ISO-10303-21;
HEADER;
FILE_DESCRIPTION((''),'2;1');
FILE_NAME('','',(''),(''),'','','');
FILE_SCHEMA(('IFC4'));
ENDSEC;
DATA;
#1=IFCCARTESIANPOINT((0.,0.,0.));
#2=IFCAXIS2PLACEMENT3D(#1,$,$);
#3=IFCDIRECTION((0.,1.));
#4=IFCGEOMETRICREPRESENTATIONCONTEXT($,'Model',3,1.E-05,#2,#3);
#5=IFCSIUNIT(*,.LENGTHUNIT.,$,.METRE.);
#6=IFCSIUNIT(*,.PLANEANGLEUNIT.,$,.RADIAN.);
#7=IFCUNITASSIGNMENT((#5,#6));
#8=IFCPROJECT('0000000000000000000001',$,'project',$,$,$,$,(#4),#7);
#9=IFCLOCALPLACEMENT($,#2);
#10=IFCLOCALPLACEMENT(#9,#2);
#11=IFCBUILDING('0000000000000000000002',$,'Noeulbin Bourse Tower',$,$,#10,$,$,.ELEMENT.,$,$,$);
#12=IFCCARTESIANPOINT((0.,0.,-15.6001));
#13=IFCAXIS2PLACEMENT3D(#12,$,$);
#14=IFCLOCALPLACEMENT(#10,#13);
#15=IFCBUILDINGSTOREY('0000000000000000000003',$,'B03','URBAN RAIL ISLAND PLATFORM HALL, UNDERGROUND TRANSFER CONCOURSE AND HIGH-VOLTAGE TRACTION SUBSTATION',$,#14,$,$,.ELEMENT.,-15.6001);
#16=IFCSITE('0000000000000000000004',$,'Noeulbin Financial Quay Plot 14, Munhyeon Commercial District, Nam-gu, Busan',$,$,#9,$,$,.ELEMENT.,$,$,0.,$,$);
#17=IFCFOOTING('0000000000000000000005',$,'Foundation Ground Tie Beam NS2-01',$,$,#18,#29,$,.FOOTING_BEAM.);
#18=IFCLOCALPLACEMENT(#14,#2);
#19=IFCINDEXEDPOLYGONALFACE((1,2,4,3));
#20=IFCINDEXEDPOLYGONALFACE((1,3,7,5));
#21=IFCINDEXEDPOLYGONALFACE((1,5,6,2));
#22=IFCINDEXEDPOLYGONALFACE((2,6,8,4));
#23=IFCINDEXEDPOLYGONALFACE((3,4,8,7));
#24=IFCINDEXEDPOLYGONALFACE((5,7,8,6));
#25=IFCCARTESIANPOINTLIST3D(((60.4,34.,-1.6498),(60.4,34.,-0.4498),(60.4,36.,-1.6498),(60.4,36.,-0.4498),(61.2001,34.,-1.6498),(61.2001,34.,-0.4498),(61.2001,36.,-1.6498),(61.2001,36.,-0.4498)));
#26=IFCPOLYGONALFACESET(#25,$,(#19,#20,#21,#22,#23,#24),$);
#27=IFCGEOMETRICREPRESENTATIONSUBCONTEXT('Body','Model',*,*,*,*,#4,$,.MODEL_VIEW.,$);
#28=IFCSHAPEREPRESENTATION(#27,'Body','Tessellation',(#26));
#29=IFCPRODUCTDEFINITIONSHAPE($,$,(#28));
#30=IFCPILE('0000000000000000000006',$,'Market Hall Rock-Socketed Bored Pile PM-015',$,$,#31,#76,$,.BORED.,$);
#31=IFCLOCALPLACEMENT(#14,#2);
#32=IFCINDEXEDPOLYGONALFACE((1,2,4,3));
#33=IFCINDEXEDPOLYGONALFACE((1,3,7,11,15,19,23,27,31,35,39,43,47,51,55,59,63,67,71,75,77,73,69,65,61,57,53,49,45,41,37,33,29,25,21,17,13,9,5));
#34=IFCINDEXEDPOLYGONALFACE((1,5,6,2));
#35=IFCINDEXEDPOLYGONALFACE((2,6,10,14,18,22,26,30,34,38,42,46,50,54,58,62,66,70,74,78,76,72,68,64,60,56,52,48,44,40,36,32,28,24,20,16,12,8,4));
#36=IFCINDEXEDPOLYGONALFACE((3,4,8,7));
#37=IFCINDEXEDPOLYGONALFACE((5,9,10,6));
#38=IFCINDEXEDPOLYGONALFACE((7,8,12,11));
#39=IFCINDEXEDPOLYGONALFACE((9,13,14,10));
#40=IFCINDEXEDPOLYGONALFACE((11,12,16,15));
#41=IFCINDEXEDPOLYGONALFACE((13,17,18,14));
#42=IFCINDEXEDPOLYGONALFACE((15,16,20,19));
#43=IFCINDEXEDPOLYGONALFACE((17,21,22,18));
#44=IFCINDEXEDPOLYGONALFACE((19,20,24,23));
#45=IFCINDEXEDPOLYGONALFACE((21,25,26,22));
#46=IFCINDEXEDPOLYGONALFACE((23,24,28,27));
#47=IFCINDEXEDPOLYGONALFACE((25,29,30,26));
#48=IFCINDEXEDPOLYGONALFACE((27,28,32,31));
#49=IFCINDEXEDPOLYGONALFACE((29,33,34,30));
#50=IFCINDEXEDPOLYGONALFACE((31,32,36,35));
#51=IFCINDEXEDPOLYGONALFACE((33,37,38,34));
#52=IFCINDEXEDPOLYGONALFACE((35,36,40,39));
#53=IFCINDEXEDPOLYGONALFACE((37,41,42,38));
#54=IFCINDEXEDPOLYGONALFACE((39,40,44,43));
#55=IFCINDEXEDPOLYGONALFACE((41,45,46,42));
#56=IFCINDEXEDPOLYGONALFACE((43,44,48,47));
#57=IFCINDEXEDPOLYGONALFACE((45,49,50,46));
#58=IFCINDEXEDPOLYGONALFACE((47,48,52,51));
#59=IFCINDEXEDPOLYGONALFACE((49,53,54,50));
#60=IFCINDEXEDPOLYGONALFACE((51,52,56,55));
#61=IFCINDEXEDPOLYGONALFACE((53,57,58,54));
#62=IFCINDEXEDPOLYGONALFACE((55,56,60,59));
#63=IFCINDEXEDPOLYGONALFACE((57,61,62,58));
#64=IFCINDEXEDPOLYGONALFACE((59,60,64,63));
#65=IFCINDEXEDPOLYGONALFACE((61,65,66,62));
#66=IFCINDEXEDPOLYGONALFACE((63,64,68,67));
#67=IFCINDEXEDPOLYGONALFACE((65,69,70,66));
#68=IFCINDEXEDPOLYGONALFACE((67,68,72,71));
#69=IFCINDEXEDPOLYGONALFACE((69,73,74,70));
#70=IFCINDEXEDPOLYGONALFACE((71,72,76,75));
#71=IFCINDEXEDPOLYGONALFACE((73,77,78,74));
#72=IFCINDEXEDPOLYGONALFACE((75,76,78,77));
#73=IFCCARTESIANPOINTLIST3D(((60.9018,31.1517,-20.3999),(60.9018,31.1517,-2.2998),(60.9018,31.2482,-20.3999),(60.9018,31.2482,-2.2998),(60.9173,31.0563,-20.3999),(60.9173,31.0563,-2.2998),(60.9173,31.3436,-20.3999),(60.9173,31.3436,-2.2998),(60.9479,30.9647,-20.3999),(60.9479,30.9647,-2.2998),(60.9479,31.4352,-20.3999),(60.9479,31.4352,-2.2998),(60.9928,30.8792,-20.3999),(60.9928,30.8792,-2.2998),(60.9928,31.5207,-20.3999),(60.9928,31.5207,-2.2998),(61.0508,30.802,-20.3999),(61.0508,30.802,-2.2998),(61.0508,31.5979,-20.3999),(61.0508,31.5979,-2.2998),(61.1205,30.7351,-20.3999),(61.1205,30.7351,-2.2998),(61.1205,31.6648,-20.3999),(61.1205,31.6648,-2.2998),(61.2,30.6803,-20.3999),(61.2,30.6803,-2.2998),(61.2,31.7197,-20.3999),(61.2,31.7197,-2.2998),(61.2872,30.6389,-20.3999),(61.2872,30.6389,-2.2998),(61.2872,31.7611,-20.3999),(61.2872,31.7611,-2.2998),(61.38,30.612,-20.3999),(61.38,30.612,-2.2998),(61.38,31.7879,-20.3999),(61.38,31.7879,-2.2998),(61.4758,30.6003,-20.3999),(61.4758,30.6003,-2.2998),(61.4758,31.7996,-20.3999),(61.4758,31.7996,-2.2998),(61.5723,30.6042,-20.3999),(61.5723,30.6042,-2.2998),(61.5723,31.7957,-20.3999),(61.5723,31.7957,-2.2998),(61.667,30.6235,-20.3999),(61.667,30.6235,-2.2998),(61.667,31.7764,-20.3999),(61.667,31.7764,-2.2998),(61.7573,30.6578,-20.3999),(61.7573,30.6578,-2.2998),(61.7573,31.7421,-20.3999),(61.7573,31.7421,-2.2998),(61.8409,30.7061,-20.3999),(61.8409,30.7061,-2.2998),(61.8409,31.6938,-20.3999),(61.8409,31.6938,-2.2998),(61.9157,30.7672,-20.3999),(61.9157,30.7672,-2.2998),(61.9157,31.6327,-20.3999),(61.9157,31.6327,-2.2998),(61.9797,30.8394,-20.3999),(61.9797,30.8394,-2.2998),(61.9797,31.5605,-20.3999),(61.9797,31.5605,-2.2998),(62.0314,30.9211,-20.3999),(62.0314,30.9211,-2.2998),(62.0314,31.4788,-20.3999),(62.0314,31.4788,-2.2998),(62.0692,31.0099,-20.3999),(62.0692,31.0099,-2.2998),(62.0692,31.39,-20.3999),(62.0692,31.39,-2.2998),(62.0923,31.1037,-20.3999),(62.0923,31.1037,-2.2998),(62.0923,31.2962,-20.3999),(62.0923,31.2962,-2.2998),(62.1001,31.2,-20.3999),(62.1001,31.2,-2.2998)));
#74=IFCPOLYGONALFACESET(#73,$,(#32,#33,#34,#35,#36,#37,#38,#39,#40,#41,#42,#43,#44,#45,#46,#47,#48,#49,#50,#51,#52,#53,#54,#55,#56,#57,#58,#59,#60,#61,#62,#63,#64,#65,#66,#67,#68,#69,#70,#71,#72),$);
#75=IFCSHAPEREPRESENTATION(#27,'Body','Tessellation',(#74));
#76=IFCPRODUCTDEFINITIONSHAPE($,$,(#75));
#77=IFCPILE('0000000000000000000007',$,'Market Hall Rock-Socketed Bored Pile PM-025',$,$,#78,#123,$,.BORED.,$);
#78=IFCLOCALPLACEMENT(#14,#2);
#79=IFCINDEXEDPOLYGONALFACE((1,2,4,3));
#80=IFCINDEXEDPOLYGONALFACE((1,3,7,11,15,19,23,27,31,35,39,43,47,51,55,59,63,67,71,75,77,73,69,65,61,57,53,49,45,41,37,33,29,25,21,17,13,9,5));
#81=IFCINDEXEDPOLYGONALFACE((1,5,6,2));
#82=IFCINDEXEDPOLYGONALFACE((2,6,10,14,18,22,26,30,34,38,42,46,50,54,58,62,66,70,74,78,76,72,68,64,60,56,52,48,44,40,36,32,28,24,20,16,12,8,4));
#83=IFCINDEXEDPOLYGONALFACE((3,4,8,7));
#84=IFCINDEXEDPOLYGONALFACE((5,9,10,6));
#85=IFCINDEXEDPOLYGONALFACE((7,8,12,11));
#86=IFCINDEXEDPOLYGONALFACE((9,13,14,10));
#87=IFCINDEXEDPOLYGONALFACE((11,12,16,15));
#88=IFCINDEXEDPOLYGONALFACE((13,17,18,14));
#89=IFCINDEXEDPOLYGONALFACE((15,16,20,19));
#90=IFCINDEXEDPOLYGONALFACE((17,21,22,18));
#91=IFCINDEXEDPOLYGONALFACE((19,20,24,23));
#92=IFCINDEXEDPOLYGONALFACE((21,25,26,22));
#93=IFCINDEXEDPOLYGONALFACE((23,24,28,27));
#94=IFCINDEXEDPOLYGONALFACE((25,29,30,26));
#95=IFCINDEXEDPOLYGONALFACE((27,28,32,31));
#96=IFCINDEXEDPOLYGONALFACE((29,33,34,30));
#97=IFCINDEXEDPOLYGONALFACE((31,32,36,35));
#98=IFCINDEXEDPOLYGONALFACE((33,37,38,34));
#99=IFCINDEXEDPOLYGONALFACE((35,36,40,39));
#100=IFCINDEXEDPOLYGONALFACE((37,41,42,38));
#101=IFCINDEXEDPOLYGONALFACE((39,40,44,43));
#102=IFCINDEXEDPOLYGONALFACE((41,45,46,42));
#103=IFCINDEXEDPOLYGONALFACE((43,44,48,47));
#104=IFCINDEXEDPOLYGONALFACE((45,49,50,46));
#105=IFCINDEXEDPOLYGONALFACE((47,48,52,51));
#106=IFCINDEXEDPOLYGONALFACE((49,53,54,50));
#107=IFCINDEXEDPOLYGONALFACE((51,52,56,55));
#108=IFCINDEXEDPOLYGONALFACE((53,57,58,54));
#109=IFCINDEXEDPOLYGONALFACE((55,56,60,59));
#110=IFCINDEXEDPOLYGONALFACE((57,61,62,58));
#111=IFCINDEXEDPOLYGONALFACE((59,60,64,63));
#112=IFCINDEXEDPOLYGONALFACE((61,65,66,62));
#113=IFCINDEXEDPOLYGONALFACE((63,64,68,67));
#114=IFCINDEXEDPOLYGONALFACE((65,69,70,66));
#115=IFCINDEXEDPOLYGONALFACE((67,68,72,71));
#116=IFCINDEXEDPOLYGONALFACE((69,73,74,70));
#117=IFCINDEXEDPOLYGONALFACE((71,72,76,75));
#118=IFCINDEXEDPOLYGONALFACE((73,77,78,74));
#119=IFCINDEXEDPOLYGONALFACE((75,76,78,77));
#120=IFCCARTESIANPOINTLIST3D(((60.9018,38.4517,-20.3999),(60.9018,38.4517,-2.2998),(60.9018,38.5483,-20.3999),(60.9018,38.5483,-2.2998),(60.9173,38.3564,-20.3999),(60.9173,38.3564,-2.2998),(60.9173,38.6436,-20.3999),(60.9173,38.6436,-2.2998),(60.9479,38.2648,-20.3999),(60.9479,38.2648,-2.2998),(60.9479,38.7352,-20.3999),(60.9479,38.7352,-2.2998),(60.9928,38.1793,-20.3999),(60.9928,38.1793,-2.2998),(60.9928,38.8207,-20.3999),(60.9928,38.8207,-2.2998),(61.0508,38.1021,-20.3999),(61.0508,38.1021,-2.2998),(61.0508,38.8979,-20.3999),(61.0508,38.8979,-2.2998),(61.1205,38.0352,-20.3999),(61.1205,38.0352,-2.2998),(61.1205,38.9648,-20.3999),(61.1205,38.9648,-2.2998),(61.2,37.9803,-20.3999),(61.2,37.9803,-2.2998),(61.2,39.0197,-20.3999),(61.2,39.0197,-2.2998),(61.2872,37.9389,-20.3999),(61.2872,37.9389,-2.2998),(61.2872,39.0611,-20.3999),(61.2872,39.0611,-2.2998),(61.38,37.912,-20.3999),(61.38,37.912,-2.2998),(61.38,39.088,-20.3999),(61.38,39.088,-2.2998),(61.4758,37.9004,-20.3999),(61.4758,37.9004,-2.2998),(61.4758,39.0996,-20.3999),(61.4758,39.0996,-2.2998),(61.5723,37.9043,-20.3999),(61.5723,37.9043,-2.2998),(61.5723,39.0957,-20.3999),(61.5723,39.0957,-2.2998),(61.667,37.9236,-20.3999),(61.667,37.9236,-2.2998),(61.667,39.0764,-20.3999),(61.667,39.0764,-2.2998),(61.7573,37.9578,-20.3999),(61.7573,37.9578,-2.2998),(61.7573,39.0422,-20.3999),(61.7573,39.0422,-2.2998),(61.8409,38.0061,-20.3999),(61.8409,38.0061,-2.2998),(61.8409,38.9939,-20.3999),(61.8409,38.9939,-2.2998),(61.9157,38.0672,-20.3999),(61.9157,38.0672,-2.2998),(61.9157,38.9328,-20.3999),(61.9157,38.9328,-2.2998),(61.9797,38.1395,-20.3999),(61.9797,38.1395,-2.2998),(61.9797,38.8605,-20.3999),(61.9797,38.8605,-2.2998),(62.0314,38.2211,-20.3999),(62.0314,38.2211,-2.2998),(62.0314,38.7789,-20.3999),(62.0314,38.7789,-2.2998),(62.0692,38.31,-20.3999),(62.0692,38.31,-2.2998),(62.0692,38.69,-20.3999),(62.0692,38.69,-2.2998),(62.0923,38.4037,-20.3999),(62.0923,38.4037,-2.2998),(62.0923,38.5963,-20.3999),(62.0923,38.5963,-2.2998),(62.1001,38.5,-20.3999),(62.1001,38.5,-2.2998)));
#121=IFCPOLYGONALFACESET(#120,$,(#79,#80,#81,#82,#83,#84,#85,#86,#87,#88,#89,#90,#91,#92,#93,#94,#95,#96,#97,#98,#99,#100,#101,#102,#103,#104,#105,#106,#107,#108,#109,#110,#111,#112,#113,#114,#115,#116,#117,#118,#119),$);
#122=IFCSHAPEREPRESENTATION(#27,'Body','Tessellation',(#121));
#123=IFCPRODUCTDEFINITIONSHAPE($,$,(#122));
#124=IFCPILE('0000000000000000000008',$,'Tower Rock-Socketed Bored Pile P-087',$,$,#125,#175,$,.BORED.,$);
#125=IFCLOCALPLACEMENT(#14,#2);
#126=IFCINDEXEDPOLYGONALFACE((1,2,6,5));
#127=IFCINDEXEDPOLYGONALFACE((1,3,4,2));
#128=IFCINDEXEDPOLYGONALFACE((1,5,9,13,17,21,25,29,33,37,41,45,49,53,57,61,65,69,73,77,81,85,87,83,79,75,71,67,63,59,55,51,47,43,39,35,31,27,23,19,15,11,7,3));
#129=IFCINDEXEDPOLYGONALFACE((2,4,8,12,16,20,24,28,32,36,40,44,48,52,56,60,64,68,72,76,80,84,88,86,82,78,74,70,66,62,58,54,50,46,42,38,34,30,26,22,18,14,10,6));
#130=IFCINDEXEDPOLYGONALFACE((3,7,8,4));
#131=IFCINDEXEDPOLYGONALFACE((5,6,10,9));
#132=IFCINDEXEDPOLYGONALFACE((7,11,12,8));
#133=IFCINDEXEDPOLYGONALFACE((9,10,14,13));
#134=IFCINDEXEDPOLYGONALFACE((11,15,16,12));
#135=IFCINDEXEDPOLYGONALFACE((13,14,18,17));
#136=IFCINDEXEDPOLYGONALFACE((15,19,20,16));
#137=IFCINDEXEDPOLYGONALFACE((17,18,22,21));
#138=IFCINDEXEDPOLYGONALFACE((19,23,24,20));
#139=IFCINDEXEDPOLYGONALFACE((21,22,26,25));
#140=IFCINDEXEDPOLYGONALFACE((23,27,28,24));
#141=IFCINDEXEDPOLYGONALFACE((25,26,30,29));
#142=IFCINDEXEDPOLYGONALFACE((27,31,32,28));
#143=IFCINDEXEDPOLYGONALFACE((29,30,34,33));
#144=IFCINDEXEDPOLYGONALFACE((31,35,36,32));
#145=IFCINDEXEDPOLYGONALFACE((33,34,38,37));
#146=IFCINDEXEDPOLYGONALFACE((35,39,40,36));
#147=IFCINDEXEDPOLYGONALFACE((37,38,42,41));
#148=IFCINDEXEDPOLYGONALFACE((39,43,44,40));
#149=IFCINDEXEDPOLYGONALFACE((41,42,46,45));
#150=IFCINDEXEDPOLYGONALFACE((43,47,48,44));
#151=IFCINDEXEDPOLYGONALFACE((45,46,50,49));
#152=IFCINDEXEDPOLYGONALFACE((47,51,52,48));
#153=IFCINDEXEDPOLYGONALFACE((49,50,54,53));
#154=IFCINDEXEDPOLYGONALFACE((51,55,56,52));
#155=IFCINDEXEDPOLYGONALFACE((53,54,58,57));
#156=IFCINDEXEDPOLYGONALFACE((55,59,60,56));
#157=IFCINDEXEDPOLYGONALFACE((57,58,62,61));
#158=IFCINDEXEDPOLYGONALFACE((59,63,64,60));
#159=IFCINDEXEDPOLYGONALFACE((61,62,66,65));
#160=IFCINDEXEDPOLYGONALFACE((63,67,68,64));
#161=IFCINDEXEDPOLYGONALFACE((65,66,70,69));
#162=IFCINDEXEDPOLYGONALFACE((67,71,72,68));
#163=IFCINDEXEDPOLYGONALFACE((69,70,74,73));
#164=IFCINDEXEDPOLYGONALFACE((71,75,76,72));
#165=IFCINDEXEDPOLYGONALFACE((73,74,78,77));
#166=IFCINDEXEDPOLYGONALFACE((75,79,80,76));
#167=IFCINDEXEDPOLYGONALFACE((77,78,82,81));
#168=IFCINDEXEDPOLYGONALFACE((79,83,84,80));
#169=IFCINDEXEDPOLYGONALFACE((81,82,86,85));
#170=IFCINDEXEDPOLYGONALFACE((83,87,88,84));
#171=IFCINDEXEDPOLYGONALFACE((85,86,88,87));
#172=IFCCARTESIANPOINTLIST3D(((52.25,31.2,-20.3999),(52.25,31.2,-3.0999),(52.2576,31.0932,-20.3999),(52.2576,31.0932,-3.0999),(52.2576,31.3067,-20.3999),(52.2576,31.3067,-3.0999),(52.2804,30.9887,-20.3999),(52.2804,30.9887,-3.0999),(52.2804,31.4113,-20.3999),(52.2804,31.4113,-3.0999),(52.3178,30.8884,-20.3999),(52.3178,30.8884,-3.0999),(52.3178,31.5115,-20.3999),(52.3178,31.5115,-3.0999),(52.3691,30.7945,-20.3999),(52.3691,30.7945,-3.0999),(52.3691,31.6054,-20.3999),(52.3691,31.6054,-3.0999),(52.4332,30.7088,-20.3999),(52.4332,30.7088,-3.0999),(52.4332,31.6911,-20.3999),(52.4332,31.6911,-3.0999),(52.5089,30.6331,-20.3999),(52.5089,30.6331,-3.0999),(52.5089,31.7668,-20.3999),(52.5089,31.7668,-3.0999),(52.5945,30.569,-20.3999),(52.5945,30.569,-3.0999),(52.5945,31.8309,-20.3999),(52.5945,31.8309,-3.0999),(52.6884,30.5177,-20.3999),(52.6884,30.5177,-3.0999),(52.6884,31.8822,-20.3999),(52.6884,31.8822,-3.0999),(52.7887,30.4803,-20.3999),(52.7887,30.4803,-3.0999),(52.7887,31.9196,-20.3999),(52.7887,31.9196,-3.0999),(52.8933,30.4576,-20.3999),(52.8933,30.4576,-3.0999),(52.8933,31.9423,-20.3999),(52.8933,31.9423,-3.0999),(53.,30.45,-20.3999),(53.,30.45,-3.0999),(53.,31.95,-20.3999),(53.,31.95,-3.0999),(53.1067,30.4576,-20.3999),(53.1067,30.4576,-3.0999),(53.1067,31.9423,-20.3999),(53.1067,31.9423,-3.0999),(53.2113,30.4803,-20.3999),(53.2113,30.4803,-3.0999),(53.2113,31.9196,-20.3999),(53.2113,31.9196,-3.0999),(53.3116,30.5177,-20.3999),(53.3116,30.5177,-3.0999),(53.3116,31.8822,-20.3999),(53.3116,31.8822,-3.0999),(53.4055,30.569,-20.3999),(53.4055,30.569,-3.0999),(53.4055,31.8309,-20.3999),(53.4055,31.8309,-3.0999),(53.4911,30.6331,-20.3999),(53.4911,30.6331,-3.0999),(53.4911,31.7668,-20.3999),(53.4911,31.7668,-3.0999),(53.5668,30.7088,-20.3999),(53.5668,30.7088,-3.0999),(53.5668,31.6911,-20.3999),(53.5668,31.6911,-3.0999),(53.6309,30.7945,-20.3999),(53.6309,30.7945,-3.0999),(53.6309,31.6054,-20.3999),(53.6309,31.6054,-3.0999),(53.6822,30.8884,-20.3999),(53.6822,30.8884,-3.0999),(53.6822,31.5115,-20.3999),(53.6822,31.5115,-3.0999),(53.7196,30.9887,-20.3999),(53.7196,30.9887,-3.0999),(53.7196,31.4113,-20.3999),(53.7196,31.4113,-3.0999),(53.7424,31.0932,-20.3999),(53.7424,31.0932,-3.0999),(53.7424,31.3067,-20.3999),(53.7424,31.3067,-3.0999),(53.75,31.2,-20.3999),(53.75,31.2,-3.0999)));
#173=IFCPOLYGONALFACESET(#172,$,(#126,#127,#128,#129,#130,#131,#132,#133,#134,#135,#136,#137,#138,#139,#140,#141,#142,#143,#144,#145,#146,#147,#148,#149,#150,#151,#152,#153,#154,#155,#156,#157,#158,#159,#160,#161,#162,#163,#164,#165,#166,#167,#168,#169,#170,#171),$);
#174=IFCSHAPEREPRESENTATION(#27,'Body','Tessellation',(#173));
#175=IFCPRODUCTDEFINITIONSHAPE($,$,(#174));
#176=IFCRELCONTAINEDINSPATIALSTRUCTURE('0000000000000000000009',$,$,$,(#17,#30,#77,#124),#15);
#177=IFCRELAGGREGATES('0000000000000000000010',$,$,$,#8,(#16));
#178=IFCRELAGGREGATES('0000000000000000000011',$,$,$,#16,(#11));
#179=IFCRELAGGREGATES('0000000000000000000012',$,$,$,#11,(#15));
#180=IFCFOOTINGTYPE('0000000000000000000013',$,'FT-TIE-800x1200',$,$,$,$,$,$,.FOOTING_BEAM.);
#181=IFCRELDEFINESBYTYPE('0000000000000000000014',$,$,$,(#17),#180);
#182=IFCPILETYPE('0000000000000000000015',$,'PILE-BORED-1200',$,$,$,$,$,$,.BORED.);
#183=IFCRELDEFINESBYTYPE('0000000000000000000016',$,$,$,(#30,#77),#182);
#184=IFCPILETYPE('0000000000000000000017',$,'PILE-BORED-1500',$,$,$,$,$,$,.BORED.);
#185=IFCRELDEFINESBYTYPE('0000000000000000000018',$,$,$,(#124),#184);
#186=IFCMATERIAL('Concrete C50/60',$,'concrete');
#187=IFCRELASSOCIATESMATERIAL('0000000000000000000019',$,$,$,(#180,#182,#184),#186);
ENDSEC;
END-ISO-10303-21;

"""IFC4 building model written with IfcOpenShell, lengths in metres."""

from ifc_helpers import new_model, si_unit, direction, frame, origin, origin_2d, place, context, subcontext, project, spatial, rectangle, circle, extrude, material, material_profile, profile_set, type_object, element, save


model = new_model("IFC4")

# Units and contexts
model_context = context("Model", 3, precision=1e-05, world=origin(), true_north=direction((0.0, 1.0)))
body_context = subcontext(model_context, "Body", "Model", "MODEL_VIEW")
ifc_project = project(units=[si_unit("LENGTHUNIT", "METRE"), si_unit("PLANEANGLEUNIT", "RADIAN")], contexts=[model_context])

# Site, building, storey
site_placement = place(None, origin())
site = spatial("IfcSite", under=ifc_project, at=site_placement, Name="Noeulbin Financial Quay Plot 14, Munhyeon Commercial District, Nam-gu, Busan", CompositionType="ELEMENT", RefElevation=0.0)
building_placement = place(site_placement, origin())
building = spatial("IfcBuilding", under=site, at=building_placement, Name="Noeulbin Bourse Tower", CompositionType="ELEMENT")
storey_placement = place(building_placement, frame((0.0, 0.0, -15.6001)))
storey = spatial("IfcBuildingStorey", under=building, at=storey_placement, Name="B03", Description="URBAN RAIL ISLAND PLATFORM HALL, UNDERGROUND TRANSFER CONCOURSE AND HIGH-VOLTAGE TRACTION SUBSTATION", CompositionType="ELEMENT", Elevation=-15.6001)

# Footing
ifc_material_1 = material(Name="Concrete C50/60", Category="concrete")
ifc_material_profile_1 = material_profile(ifc_material_1, rectangle(XDim=0.8, YDim=1.2, at=origin_2d()), Name="RC-TB-800x1200", Category="LoadBearing")
ifc_profile_set_1 = profile_set([ifc_material_profile_1], Name="Concrete C50/60")
footing_type = type_object("IfcFootingType", Name="FT-TIE-800x1200", PredefinedType="FOOTING_BEAM", material=ifc_profile_set_1)
footing_placement = place(storey_placement, frame((60.8, 34.0, -1.0498), z_axis=(0.0, 1.0, 0.0), x_axis=(-1.0, 0.0, 0.0)))
element("IfcFooting", 1, at=footing_placement, inside=storey, type_object=footing_type, Name="Foundation Ground Tie Beam NS2-01", PredefinedType="FOOTING_BEAM", context=body_context, shape_type="SweptSolid", body=[
    extrude(rectangle(XDim=0.8, YDim=1.2, at=origin_2d()), origin(), (0.0, 0.0, 1.0), 2.0),
])

# Piles
ifc_material_profile_2 = material_profile(ifc_material_1, circle(Radius=0.6001, at=origin_2d()), Name="PILE-D1200", Category="LoadBearing")
ifc_profile_set_2 = profile_set([ifc_material_profile_2], Name="Concrete C50/60")
pile_type_1 = type_object("IfcPileType", Name="PILE-BORED-1200", PredefinedType="BORED", material=ifc_profile_set_2)
for number, where, z_axis, x_axis, name in (
    (2, (61.5, 31.2, -2.2998), (0.0, 0.0, -1.0), (1.0, 0.0, 0.0), "Market Hall Rock-Socketed Bored Pile PM-015"),
    (3, (61.5, 38.5, -2.2998), (0.0, 0.0, -1.0), (1.0, 0.0, 0.0), "Market Hall Rock-Socketed Bored Pile PM-025"),
):
    element("IfcPile", number, at=place(storey_placement, frame(where, z_axis=z_axis, x_axis=x_axis)), inside=storey, type_object=pile_type_1, Name=name, PredefinedType="BORED", context=body_context, shape_type="SweptSolid", body=[
        extrude(circle(Radius=0.6001, at=origin_2d()), origin(), (0.0, 0.0, 1.0), 18.1001),
    ])
ifc_material_profile_3 = material_profile(ifc_material_1, circle(Radius=0.75, at=origin_2d()), Name="PILE-D1500", Category="LoadBearing")
ifc_profile_set_3 = profile_set([ifc_material_profile_3], Name="Concrete C50/60")
pile_type_2 = type_object("IfcPileType", Name="PILE-BORED-1500", PredefinedType="BORED", material=ifc_profile_set_3)
for number, where, z_axis, x_axis, name in (
    (4, (53.0, 31.2, -3.0999), (0.0, 0.0, -1.0), (1.0, 0.0, 0.0), "Tower Rock-Socketed Bored Pile P-087"),
):
    element("IfcPile", number, at=place(storey_placement, frame(where, z_axis=z_axis, x_axis=x_axis)), inside=storey, type_object=pile_type_2, Name=name, PredefinedType="BORED", context=body_context, shape_type="SweptSolid", body=[
        extrude(circle(Radius=0.75, at=origin_2d()), origin(), (0.0, 0.0, 1.0), 17.3),
    ])

save(model, "model.ifc")
